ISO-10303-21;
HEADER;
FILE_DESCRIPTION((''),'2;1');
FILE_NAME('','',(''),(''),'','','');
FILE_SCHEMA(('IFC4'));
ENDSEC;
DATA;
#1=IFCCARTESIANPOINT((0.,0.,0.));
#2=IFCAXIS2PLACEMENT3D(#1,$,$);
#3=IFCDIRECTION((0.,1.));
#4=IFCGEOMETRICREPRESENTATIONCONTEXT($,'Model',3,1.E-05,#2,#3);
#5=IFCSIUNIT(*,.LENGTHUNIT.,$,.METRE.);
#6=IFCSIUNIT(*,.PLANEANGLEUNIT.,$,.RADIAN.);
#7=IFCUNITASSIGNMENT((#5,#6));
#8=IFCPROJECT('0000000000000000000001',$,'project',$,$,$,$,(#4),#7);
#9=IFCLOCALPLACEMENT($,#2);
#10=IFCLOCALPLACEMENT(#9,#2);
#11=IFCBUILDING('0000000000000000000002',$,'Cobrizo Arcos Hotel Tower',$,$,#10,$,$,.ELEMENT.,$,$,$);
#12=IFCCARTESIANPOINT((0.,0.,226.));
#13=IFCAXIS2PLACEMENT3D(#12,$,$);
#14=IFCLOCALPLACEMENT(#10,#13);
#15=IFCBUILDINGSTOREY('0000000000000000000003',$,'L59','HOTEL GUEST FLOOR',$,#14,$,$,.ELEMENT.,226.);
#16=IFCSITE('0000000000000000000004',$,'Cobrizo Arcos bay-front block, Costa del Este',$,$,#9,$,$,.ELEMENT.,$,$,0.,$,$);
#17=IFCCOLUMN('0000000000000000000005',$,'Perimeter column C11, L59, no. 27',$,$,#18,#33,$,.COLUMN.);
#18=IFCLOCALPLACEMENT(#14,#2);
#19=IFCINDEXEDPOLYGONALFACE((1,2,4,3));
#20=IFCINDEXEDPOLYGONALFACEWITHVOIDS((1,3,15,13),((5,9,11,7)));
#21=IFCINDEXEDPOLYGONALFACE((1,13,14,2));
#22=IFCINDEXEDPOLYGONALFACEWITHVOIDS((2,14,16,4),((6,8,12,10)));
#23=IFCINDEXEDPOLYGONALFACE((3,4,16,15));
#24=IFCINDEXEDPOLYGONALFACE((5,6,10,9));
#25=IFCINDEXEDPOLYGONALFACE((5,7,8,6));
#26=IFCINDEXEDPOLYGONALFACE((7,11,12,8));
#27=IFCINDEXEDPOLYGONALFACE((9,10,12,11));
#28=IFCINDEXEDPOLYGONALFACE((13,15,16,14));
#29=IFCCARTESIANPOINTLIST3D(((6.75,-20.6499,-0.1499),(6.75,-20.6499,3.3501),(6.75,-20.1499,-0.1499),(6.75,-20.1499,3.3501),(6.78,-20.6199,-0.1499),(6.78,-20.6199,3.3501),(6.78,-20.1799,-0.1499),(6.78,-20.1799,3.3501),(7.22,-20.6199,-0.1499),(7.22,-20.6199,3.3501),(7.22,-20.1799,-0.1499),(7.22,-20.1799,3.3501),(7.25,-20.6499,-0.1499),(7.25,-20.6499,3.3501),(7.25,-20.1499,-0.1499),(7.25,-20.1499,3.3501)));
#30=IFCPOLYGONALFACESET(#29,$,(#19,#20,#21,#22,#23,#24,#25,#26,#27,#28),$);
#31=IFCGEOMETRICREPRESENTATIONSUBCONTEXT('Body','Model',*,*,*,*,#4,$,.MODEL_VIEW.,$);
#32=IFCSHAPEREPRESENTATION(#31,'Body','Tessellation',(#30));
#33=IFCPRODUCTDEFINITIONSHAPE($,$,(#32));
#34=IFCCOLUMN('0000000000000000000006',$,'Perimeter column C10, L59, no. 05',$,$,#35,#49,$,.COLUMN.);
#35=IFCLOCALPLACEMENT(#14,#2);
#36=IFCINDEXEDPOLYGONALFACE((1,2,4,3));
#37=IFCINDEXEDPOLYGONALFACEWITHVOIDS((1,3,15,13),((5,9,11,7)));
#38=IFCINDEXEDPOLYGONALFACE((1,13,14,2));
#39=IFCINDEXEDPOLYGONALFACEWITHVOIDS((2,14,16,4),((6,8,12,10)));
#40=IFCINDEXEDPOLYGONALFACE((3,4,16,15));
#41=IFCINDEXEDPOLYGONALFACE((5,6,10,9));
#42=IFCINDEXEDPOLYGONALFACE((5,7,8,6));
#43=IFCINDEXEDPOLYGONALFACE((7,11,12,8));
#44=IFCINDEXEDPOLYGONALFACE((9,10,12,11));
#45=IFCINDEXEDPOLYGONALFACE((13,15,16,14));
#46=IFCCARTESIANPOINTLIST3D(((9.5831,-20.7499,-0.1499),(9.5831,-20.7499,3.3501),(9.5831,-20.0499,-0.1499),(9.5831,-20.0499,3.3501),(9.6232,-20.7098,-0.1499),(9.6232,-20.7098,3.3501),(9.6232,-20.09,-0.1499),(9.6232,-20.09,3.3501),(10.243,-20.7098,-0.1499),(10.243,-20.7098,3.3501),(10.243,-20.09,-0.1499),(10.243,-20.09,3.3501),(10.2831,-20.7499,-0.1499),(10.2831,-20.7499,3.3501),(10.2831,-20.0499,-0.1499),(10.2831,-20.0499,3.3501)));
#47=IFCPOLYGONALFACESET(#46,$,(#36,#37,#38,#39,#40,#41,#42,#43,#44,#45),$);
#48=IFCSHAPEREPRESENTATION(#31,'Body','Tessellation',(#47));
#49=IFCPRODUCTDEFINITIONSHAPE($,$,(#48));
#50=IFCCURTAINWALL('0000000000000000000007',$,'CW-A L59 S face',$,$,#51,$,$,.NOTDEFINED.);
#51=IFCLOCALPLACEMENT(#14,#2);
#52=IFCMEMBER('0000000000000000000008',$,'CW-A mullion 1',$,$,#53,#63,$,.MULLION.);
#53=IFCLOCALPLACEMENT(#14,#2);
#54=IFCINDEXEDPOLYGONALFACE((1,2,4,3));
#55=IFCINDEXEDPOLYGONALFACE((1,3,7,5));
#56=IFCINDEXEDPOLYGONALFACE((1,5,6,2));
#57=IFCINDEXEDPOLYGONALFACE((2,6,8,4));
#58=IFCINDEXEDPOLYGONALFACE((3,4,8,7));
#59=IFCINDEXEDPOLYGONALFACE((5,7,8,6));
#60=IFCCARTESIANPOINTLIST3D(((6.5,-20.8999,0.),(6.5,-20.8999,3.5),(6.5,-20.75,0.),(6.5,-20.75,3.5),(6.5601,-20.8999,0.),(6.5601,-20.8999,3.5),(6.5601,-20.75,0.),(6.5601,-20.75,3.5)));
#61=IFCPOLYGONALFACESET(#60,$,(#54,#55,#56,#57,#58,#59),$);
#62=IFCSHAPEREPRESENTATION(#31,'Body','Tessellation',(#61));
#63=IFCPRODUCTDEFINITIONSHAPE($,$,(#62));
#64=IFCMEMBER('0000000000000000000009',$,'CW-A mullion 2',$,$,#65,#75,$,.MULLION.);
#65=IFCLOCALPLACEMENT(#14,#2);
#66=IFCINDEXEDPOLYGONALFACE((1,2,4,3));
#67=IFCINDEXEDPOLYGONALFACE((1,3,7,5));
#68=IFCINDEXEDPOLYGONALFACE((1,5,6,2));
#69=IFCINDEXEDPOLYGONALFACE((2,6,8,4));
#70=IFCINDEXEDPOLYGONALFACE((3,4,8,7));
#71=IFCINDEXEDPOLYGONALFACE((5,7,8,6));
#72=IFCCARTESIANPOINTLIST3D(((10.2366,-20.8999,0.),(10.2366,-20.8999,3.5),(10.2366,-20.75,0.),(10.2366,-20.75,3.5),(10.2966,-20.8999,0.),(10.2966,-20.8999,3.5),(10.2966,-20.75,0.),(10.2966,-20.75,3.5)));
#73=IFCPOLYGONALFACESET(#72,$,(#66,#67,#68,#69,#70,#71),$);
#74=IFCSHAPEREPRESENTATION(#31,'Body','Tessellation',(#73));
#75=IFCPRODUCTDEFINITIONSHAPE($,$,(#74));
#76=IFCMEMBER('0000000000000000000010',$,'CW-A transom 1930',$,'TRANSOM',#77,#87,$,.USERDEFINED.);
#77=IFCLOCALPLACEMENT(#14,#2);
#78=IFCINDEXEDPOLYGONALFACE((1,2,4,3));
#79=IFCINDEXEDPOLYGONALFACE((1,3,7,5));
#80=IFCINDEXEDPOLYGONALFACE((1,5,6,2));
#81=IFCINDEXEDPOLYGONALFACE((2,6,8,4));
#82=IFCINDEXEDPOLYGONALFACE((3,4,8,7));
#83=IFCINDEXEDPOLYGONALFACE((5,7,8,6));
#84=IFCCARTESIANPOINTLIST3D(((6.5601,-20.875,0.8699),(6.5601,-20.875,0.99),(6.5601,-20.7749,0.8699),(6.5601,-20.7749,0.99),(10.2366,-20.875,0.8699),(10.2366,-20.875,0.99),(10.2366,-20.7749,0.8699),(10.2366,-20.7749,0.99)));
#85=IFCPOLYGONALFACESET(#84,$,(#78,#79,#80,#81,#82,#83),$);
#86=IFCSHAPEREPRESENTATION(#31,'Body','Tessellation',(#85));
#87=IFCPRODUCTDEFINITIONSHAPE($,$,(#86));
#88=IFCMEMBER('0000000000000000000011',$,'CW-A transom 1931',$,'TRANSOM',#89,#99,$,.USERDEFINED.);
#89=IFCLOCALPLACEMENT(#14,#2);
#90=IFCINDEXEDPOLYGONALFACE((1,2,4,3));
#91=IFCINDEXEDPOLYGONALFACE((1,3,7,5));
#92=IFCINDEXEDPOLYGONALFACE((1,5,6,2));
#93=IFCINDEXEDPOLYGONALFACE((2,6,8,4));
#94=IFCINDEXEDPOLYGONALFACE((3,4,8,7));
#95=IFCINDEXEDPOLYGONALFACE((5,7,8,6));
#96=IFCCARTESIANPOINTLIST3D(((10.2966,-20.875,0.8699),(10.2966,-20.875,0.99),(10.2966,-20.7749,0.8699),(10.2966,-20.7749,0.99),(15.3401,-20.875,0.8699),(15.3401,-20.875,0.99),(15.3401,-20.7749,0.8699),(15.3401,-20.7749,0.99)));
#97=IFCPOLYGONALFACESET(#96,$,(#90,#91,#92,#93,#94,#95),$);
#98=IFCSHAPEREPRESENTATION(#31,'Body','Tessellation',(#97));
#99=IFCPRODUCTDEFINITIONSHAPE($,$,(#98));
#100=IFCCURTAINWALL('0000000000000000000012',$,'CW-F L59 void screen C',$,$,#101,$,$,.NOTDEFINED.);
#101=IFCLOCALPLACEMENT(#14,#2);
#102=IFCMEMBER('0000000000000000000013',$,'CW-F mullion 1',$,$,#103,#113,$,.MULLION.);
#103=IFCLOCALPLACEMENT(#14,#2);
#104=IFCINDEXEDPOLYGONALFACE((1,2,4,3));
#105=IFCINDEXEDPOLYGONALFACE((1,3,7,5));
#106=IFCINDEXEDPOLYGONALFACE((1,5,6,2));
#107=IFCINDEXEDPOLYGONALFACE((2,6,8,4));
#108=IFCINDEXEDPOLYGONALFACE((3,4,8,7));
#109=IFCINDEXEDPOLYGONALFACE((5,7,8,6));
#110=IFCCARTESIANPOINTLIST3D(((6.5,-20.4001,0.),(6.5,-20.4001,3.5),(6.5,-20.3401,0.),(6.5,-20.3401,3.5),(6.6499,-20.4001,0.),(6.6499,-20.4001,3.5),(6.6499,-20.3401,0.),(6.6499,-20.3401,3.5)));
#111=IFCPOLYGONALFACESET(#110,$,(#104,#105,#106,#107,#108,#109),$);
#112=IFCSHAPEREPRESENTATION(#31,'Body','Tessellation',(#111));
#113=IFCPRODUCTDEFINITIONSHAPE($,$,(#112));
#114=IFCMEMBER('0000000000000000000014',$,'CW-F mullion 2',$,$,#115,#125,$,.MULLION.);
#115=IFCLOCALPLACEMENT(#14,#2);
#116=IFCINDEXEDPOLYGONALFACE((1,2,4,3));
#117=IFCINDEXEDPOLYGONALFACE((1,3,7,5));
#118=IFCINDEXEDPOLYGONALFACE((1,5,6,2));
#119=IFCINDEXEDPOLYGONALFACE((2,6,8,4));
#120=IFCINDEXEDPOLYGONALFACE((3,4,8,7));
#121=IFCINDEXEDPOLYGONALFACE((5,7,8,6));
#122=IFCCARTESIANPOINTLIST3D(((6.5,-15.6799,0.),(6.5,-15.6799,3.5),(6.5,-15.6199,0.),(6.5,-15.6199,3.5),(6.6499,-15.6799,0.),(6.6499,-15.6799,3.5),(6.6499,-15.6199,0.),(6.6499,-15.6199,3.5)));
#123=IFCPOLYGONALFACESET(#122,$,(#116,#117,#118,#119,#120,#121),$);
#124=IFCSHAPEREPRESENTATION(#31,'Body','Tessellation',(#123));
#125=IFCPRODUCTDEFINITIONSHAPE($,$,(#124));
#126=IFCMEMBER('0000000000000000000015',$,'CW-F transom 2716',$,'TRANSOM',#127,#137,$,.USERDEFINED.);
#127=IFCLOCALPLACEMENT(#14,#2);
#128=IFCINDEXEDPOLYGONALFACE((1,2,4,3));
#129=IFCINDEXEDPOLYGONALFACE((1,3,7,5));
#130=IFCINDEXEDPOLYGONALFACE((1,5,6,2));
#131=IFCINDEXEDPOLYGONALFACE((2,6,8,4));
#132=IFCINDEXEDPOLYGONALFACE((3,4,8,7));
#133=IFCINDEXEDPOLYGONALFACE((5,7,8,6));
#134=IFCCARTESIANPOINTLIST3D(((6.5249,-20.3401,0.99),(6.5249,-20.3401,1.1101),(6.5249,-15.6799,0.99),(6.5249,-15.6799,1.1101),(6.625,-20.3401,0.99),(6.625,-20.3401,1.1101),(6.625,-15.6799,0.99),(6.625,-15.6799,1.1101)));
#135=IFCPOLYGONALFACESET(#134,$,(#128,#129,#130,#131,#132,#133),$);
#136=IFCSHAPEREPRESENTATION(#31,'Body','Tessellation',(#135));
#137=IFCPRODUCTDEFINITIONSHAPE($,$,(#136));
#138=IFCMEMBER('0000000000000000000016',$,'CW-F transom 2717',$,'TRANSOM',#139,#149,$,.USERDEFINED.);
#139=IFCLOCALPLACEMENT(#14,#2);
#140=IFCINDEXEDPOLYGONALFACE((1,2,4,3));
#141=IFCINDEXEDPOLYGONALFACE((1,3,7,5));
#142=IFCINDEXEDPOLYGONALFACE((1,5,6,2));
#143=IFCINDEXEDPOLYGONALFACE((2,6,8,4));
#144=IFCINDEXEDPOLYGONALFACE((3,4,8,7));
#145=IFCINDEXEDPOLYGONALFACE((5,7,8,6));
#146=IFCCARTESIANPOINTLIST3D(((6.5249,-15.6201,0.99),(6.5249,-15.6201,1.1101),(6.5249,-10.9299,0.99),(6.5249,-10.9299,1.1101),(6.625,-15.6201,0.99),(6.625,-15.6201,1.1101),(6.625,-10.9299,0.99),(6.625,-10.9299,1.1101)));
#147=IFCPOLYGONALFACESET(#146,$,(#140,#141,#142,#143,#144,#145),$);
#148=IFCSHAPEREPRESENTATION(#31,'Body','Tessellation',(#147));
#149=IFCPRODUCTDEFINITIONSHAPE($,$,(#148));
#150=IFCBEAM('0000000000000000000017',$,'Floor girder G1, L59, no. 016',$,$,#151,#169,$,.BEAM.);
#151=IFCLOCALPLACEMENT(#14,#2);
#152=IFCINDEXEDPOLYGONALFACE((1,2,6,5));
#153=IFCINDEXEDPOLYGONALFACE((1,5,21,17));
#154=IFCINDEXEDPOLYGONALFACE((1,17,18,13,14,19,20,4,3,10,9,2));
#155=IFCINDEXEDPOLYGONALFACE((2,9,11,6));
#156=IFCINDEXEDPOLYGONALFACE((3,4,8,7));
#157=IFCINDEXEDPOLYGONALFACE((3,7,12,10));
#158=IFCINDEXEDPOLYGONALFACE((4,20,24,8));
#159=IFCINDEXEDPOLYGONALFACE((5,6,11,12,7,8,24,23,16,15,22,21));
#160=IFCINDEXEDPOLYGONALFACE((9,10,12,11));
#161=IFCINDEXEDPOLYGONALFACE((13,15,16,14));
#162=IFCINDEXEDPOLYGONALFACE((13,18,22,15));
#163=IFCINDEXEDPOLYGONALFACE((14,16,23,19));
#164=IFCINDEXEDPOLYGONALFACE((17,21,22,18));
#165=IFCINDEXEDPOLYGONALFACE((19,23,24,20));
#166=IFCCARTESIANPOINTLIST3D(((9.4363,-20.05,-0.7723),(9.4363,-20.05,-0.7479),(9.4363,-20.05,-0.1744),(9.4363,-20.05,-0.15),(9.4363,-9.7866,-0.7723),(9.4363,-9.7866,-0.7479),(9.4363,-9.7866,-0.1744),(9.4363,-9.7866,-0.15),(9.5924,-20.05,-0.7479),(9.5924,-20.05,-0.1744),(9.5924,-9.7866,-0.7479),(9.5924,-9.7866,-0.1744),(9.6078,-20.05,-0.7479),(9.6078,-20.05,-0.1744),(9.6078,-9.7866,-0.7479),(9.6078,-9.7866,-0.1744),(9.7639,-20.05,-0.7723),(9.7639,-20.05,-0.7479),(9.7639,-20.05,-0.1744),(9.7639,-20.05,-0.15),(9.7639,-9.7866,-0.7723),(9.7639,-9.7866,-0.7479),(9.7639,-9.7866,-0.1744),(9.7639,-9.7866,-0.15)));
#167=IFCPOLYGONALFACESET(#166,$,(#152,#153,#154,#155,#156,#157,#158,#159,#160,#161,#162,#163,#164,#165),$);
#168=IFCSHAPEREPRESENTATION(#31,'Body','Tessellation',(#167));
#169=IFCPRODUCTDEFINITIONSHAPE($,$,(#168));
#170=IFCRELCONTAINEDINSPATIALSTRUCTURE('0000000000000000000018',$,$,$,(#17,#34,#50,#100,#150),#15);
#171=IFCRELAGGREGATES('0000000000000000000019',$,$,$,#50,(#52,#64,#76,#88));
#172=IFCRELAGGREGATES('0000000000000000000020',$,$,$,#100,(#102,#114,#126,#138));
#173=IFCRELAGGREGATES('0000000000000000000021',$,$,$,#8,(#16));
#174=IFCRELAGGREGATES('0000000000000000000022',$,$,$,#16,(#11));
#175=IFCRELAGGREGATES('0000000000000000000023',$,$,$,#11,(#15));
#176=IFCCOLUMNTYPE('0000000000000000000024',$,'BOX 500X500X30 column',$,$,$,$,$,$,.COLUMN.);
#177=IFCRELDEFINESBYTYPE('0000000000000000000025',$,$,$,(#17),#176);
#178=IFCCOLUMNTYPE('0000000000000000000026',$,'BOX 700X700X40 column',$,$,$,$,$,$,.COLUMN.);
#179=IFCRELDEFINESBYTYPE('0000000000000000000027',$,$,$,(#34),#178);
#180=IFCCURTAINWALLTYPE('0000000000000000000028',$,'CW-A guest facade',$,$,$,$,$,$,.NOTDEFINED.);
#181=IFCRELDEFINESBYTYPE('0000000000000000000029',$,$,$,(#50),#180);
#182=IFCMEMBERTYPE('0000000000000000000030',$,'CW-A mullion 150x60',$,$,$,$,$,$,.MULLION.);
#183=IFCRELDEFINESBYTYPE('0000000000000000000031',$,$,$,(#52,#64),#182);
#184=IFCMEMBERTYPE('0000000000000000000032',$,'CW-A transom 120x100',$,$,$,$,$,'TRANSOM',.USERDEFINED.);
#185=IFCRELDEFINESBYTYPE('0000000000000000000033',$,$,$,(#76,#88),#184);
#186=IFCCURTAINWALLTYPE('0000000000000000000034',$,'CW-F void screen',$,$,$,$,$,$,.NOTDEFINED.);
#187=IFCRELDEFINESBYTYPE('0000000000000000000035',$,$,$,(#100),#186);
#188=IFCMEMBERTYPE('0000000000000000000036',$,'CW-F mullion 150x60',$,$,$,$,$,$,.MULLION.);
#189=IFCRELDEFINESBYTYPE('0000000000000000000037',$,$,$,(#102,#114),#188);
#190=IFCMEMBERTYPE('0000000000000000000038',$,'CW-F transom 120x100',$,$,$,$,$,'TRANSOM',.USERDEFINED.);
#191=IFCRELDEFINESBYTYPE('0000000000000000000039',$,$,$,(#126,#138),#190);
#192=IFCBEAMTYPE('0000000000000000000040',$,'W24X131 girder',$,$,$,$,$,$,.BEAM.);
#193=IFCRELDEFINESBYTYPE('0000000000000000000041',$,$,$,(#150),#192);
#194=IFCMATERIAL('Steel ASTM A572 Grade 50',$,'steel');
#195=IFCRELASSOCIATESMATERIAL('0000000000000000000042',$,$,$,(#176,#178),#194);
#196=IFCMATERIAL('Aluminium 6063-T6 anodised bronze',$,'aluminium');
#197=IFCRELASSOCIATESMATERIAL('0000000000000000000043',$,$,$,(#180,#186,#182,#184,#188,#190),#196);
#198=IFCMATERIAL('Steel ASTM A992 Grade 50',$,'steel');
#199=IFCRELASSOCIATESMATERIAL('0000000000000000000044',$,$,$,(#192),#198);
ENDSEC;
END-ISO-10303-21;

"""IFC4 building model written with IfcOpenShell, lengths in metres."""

from ifc_helpers import new_model, si_unit, direction, frame, origin, origin_2d, place, context, subcontext, project, spatial, rectangle, hollow_rectangle, i_section, extrude, material, material_profile, profile_set, type_object, element, aggregate, save


model = new_model("IFC4")

# Units and contexts
model_context = context("Model", 3, precision=1e-05, world=origin(), true_north=direction((0.0, 1.0)))
body_context = subcontext(model_context, "Body", "Model", "MODEL_VIEW")
ifc_project = project(units=[si_unit("LENGTHUNIT", "METRE"), si_unit("PLANEANGLEUNIT", "RADIAN")], contexts=[model_context])

# Site, building, storey
site_placement = place(None, origin())
site = spatial("IfcSite", under=ifc_project, at=site_placement, Name="Cobrizo Arcos bay-front block, Costa del Este", CompositionType="ELEMENT", RefElevation=0.0)
building_placement = place(site_placement, origin())
building = spatial("IfcBuilding", under=site, at=building_placement, Name="Cobrizo Arcos Hotel Tower", CompositionType="ELEMENT")
storey_placement = place(building_placement, frame((0.0, 0.0, 226.0)))
storey = spatial("IfcBuildingStorey", under=building, at=storey_placement, Name="L59", Description="HOTEL GUEST FLOOR", CompositionType="ELEMENT", Elevation=226.0)

# Columns
ifc_material_1 = material(Name="Steel ASTM A572 Grade 50", Category="steel")
ifc_material_profile_1 = material_profile(ifc_material_1, hollow_rectangle(XDim=0.5, YDim=0.5, WallThickness=0.03, at=origin_2d()), Name="BOX 500X500X30")
ifc_profile_set_1 = profile_set([ifc_material_profile_1], Name="Steel ASTM A572 Grade 50")
column_type_1 = type_object("IfcColumnType", Name="BOX 500X500X30 column", PredefinedType="COLUMN", material=ifc_profile_set_1)
column_1_placement = place(storey_placement, frame((7.0, -20.3999, -0.1499), z_axis=(0.0, 0.0, 1.0), x_axis=(1.0, 0.0, 0.0)))
element("IfcColumn", 1, at=column_1_placement, inside=storey, type_object=column_type_1, Name="Perimeter column C11, L59, no. 27", PredefinedType="COLUMN", context=body_context, shape_type="SweptSolid", body=[
    extrude(hollow_rectangle(XDim=0.5, YDim=0.5, WallThickness=0.03, at=origin_2d()), origin(), (0.0, 0.0, 1.0), 3.5),
])
ifc_material_profile_2 = material_profile(ifc_material_1, hollow_rectangle(XDim=0.7, YDim=0.7, WallThickness=0.04, at=origin_2d()), Name="BOX 700X700X40")
ifc_profile_set_2 = profile_set([ifc_material_profile_2], Name="Steel ASTM A572 Grade 50")
column_type_2 = type_object("IfcColumnType", Name="BOX 700X700X40 column", PredefinedType="COLUMN", material=ifc_profile_set_2)
column_2_placement = place(storey_placement, frame((9.9331, -20.3999, -0.1499), z_axis=(0.0, 0.0, 1.0), x_axis=(1.0, 0.0, 0.0)))
element("IfcColumn", 2, at=column_2_placement, inside=storey, type_object=column_type_2, Name="Perimeter column C10, L59, no. 05", PredefinedType="COLUMN", context=body_context, shape_type="SweptSolid", body=[
    extrude(hollow_rectangle(XDim=0.7, YDim=0.7, WallThickness=0.04, at=origin_2d()), origin(), (0.0, 0.0, 1.0), 3.5),
])

# Curtain walls, members
ifc_material_2 = material(Name="Aluminium 6063-T6 anodised bronze", Category="aluminium")
curtain_wall_type_1 = type_object("IfcCurtainWallType", Name="CW-A guest facade", PredefinedType="NOTDEFINED", material=ifc_material_2)
curtain_wall_1_placement = place(storey_placement, origin())
curtain_wall_1 = element("IfcCurtainWall", 3, at=curtain_wall_1_placement, inside=storey, type_object=curtain_wall_type_1, Name="CW-A L59 S face", PredefinedType="NOTDEFINED")
ifc_material_profile_3 = material_profile(ifc_material_2, rectangle(XDim=0.1499, YDim=0.0601, at=origin_2d()), Name="CW-A mullion 150x60")
ifc_profile_set_3 = profile_set([ifc_material_profile_3], Name="Aluminium 6063-T6 anodised bronze")
member_type_1 = type_object("IfcMemberType", Name="CW-A mullion 150x60", PredefinedType="MULLION", material=ifc_profile_set_3)
member_1_placement = place(storey_placement, frame((6.53, -20.825, 0.0), z_axis=(0.0, 0.0, 1.0), x_axis=(0.0, -1.0, 0.0)))
member_1 = element("IfcMember", 4, at=member_1_placement, type_object=member_type_1, Name="CW-A mullion 1", PredefinedType="MULLION", context=body_context, shape_type="SweptSolid", body=[
    extrude(rectangle(XDim=0.1499, YDim=0.0601, at=origin_2d()), origin(), (0.0, 0.0, 1.0), 3.5),
])
member_2_placement = place(storey_placement, frame((10.2666, -20.825, 0.0), z_axis=(0.0, 0.0, 1.0), x_axis=(0.0, -1.0, 0.0)))
member_2 = element("IfcMember", 5, at=member_2_placement, type_object=member_type_1, Name="CW-A mullion 2", PredefinedType="MULLION", context=body_context, shape_type="SweptSolid", body=[
    extrude(rectangle(XDim=0.1499, YDim=0.0601, at=origin_2d()), origin(), (0.0, 0.0, 1.0), 3.5),
])
ifc_material_profile_4 = material_profile(ifc_material_2, rectangle(XDim=0.1001, YDim=0.1201, at=origin_2d()), Name="CW-A transom 120x100")
ifc_profile_set_4 = profile_set([ifc_material_profile_4], Name="Aluminium 6063-T6 anodised bronze")
member_type_2 = type_object("IfcMemberType", Name="CW-A transom 120x100", ElementType="TRANSOM", PredefinedType="USERDEFINED", material=ifc_profile_set_4)
member_3_placement = place(storey_placement, frame((6.5601, -20.825, 0.9299), z_axis=(1.0, 0.0, 0.0), x_axis=(0.0, 1.0, 0.0)))
member_3 = element("IfcMember", 6, at=member_3_placement, type_object=member_type_2, Name="CW-A transom 1930", ObjectType="TRANSOM", PredefinedType="USERDEFINED", context=body_context, shape_type="SweptSolid", body=[
    extrude(rectangle(XDim=0.1001, YDim=0.1201, at=origin_2d()), origin(), (0.0, 0.0, 1.0), 3.6765),
])
member_4_placement = place(storey_placement, frame((10.2966, -20.825, 0.9299), z_axis=(1.0, 0.0, 0.0), x_axis=(0.0, 1.0, 0.0)))
member_4 = element("IfcMember", 7, at=member_4_placement, type_object=member_type_2, Name="CW-A transom 1931", ObjectType="TRANSOM", PredefinedType="USERDEFINED", context=body_context, shape_type="SweptSolid", body=[
    extrude(rectangle(XDim=0.1001, YDim=0.1201, at=origin_2d()), origin(), (0.0, 0.0, 1.0), 5.0435),
])
curtain_wall_type_2 = type_object("IfcCurtainWallType", Name="CW-F void screen", PredefinedType="NOTDEFINED", material=ifc_material_2)
curtain_wall_2_placement = place(storey_placement, origin())
curtain_wall_2 = element("IfcCurtainWall", 8, at=curtain_wall_2_placement, inside=storey, type_object=curtain_wall_type_2, Name="CW-F L59 void screen C", PredefinedType="NOTDEFINED")
ifc_material_profile_5 = material_profile(ifc_material_2, rectangle(XDim=0.1499, YDim=0.0601, at=origin_2d()), Name="CW-F mullion 150x60")
ifc_profile_set_5 = profile_set([ifc_material_profile_5], Name="Aluminium 6063-T6 anodised bronze")
member_type_3 = type_object("IfcMemberType", Name="CW-F mullion 150x60", PredefinedType="MULLION", material=ifc_profile_set_5)
member_5_placement = place(storey_placement, frame((6.575, -20.3701, 0.0), z_axis=(0.0, 0.0, 1.0), x_axis=(1.0, 0.0, 0.0)))
member_5 = element("IfcMember", 9, at=member_5_placement, type_object=member_type_3, Name="CW-F mullion 1", PredefinedType="MULLION", context=body_context, shape_type="SweptSolid", body=[
    extrude(rectangle(XDim=0.1499, YDim=0.0601, at=origin_2d()), origin(), (0.0, 0.0, 1.0), 3.5),
])
member_6_placement = place(storey_placement, frame((6.575, -15.6499, 0.0), z_axis=(0.0, 0.0, 1.0), x_axis=(1.0, 0.0, 0.0)))
member_6 = element("IfcMember", 10, at=member_6_placement, type_object=member_type_3, Name="CW-F mullion 2", PredefinedType="MULLION", context=body_context, shape_type="SweptSolid", body=[
    extrude(rectangle(XDim=0.1499, YDim=0.0601, at=origin_2d()), origin(), (0.0, 0.0, 1.0), 3.5),
])
ifc_material_profile_6 = material_profile(ifc_material_2, rectangle(XDim=0.1001, YDim=0.1201, at=origin_2d()), Name="CW-F transom 120x100")
ifc_profile_set_6 = profile_set([ifc_material_profile_6], Name="Aluminium 6063-T6 anodised bronze")
member_type_4 = type_object("IfcMemberType", Name="CW-F transom 120x100", ElementType="TRANSOM", PredefinedType="USERDEFINED", material=ifc_profile_set_6)
member_7_placement = place(storey_placement, frame((6.575, -20.3401, 1.05), z_axis=(0.0, 1.0, 0.0), x_axis=(-1.0, 0.0, 0.0)))
member_7 = element("IfcMember", 11, at=member_7_placement, type_object=member_type_4, Name="CW-F transom 2716", ObjectType="TRANSOM", PredefinedType="USERDEFINED", context=body_context, shape_type="SweptSolid", body=[
    extrude(rectangle(XDim=0.1001, YDim=0.1201, at=origin_2d()), origin(), (0.0, 0.0, 1.0), 4.6602),
])
member_8_placement = place(storey_placement, frame((6.575, -15.6201, 1.05), z_axis=(0.0, 1.0, 0.0), x_axis=(-1.0, 0.0, 0.0)))
member_8 = element("IfcMember", 12, at=member_8_placement, type_object=member_type_4, Name="CW-F transom 2717", ObjectType="TRANSOM", PredefinedType="USERDEFINED", context=body_context, shape_type="SweptSolid", body=[
    extrude(rectangle(XDim=0.1001, YDim=0.1201, at=origin_2d()), origin(), (0.0, 0.0, 1.0), 4.6902),
])

# Beam
ifc_material_3 = material(Name="Steel ASTM A992 Grade 50", Category="steel")
ifc_material_profile_7 = material_profile(ifc_material_3, i_section(OverallWidth=0.3276, OverallDepth=0.6223, WebThickness=0.0154, FlangeThickness=0.0244, at=origin_2d()), Name="W24X131")
ifc_profile_set_7 = profile_set([ifc_material_profile_7], Name="Steel ASTM A992 Grade 50")
beam_type_1 = type_object("IfcBeamType", Name="W24X131 girder", PredefinedType="BEAM", material=ifc_profile_set_7)
beam_1_placement = place(storey_placement, frame((9.6001, -20.05, -0.4612), z_axis=(0.0, 1.0, 0.0), x_axis=(-1.0, 0.0, 0.0)))
element("IfcBeam", 13, at=beam_1_placement, inside=storey, type_object=beam_type_1, Name="Floor girder G1, L59, no. 016", PredefinedType="BEAM", context=body_context, shape_type="SweptSolid", body=[
    extrude(i_section(OverallWidth=0.3276, OverallDepth=0.6223, WebThickness=0.0154, FlangeThickness=0.0244, at=origin_2d()), origin(), (0.0, 0.0, 1.0), 10.2634),
])

aggregate(curtain_wall_1, [member_1, member_2, member_3, member_4])
aggregate(curtain_wall_2, [member_5, member_6, member_7, member_8])

save(model, "model.ifc")
